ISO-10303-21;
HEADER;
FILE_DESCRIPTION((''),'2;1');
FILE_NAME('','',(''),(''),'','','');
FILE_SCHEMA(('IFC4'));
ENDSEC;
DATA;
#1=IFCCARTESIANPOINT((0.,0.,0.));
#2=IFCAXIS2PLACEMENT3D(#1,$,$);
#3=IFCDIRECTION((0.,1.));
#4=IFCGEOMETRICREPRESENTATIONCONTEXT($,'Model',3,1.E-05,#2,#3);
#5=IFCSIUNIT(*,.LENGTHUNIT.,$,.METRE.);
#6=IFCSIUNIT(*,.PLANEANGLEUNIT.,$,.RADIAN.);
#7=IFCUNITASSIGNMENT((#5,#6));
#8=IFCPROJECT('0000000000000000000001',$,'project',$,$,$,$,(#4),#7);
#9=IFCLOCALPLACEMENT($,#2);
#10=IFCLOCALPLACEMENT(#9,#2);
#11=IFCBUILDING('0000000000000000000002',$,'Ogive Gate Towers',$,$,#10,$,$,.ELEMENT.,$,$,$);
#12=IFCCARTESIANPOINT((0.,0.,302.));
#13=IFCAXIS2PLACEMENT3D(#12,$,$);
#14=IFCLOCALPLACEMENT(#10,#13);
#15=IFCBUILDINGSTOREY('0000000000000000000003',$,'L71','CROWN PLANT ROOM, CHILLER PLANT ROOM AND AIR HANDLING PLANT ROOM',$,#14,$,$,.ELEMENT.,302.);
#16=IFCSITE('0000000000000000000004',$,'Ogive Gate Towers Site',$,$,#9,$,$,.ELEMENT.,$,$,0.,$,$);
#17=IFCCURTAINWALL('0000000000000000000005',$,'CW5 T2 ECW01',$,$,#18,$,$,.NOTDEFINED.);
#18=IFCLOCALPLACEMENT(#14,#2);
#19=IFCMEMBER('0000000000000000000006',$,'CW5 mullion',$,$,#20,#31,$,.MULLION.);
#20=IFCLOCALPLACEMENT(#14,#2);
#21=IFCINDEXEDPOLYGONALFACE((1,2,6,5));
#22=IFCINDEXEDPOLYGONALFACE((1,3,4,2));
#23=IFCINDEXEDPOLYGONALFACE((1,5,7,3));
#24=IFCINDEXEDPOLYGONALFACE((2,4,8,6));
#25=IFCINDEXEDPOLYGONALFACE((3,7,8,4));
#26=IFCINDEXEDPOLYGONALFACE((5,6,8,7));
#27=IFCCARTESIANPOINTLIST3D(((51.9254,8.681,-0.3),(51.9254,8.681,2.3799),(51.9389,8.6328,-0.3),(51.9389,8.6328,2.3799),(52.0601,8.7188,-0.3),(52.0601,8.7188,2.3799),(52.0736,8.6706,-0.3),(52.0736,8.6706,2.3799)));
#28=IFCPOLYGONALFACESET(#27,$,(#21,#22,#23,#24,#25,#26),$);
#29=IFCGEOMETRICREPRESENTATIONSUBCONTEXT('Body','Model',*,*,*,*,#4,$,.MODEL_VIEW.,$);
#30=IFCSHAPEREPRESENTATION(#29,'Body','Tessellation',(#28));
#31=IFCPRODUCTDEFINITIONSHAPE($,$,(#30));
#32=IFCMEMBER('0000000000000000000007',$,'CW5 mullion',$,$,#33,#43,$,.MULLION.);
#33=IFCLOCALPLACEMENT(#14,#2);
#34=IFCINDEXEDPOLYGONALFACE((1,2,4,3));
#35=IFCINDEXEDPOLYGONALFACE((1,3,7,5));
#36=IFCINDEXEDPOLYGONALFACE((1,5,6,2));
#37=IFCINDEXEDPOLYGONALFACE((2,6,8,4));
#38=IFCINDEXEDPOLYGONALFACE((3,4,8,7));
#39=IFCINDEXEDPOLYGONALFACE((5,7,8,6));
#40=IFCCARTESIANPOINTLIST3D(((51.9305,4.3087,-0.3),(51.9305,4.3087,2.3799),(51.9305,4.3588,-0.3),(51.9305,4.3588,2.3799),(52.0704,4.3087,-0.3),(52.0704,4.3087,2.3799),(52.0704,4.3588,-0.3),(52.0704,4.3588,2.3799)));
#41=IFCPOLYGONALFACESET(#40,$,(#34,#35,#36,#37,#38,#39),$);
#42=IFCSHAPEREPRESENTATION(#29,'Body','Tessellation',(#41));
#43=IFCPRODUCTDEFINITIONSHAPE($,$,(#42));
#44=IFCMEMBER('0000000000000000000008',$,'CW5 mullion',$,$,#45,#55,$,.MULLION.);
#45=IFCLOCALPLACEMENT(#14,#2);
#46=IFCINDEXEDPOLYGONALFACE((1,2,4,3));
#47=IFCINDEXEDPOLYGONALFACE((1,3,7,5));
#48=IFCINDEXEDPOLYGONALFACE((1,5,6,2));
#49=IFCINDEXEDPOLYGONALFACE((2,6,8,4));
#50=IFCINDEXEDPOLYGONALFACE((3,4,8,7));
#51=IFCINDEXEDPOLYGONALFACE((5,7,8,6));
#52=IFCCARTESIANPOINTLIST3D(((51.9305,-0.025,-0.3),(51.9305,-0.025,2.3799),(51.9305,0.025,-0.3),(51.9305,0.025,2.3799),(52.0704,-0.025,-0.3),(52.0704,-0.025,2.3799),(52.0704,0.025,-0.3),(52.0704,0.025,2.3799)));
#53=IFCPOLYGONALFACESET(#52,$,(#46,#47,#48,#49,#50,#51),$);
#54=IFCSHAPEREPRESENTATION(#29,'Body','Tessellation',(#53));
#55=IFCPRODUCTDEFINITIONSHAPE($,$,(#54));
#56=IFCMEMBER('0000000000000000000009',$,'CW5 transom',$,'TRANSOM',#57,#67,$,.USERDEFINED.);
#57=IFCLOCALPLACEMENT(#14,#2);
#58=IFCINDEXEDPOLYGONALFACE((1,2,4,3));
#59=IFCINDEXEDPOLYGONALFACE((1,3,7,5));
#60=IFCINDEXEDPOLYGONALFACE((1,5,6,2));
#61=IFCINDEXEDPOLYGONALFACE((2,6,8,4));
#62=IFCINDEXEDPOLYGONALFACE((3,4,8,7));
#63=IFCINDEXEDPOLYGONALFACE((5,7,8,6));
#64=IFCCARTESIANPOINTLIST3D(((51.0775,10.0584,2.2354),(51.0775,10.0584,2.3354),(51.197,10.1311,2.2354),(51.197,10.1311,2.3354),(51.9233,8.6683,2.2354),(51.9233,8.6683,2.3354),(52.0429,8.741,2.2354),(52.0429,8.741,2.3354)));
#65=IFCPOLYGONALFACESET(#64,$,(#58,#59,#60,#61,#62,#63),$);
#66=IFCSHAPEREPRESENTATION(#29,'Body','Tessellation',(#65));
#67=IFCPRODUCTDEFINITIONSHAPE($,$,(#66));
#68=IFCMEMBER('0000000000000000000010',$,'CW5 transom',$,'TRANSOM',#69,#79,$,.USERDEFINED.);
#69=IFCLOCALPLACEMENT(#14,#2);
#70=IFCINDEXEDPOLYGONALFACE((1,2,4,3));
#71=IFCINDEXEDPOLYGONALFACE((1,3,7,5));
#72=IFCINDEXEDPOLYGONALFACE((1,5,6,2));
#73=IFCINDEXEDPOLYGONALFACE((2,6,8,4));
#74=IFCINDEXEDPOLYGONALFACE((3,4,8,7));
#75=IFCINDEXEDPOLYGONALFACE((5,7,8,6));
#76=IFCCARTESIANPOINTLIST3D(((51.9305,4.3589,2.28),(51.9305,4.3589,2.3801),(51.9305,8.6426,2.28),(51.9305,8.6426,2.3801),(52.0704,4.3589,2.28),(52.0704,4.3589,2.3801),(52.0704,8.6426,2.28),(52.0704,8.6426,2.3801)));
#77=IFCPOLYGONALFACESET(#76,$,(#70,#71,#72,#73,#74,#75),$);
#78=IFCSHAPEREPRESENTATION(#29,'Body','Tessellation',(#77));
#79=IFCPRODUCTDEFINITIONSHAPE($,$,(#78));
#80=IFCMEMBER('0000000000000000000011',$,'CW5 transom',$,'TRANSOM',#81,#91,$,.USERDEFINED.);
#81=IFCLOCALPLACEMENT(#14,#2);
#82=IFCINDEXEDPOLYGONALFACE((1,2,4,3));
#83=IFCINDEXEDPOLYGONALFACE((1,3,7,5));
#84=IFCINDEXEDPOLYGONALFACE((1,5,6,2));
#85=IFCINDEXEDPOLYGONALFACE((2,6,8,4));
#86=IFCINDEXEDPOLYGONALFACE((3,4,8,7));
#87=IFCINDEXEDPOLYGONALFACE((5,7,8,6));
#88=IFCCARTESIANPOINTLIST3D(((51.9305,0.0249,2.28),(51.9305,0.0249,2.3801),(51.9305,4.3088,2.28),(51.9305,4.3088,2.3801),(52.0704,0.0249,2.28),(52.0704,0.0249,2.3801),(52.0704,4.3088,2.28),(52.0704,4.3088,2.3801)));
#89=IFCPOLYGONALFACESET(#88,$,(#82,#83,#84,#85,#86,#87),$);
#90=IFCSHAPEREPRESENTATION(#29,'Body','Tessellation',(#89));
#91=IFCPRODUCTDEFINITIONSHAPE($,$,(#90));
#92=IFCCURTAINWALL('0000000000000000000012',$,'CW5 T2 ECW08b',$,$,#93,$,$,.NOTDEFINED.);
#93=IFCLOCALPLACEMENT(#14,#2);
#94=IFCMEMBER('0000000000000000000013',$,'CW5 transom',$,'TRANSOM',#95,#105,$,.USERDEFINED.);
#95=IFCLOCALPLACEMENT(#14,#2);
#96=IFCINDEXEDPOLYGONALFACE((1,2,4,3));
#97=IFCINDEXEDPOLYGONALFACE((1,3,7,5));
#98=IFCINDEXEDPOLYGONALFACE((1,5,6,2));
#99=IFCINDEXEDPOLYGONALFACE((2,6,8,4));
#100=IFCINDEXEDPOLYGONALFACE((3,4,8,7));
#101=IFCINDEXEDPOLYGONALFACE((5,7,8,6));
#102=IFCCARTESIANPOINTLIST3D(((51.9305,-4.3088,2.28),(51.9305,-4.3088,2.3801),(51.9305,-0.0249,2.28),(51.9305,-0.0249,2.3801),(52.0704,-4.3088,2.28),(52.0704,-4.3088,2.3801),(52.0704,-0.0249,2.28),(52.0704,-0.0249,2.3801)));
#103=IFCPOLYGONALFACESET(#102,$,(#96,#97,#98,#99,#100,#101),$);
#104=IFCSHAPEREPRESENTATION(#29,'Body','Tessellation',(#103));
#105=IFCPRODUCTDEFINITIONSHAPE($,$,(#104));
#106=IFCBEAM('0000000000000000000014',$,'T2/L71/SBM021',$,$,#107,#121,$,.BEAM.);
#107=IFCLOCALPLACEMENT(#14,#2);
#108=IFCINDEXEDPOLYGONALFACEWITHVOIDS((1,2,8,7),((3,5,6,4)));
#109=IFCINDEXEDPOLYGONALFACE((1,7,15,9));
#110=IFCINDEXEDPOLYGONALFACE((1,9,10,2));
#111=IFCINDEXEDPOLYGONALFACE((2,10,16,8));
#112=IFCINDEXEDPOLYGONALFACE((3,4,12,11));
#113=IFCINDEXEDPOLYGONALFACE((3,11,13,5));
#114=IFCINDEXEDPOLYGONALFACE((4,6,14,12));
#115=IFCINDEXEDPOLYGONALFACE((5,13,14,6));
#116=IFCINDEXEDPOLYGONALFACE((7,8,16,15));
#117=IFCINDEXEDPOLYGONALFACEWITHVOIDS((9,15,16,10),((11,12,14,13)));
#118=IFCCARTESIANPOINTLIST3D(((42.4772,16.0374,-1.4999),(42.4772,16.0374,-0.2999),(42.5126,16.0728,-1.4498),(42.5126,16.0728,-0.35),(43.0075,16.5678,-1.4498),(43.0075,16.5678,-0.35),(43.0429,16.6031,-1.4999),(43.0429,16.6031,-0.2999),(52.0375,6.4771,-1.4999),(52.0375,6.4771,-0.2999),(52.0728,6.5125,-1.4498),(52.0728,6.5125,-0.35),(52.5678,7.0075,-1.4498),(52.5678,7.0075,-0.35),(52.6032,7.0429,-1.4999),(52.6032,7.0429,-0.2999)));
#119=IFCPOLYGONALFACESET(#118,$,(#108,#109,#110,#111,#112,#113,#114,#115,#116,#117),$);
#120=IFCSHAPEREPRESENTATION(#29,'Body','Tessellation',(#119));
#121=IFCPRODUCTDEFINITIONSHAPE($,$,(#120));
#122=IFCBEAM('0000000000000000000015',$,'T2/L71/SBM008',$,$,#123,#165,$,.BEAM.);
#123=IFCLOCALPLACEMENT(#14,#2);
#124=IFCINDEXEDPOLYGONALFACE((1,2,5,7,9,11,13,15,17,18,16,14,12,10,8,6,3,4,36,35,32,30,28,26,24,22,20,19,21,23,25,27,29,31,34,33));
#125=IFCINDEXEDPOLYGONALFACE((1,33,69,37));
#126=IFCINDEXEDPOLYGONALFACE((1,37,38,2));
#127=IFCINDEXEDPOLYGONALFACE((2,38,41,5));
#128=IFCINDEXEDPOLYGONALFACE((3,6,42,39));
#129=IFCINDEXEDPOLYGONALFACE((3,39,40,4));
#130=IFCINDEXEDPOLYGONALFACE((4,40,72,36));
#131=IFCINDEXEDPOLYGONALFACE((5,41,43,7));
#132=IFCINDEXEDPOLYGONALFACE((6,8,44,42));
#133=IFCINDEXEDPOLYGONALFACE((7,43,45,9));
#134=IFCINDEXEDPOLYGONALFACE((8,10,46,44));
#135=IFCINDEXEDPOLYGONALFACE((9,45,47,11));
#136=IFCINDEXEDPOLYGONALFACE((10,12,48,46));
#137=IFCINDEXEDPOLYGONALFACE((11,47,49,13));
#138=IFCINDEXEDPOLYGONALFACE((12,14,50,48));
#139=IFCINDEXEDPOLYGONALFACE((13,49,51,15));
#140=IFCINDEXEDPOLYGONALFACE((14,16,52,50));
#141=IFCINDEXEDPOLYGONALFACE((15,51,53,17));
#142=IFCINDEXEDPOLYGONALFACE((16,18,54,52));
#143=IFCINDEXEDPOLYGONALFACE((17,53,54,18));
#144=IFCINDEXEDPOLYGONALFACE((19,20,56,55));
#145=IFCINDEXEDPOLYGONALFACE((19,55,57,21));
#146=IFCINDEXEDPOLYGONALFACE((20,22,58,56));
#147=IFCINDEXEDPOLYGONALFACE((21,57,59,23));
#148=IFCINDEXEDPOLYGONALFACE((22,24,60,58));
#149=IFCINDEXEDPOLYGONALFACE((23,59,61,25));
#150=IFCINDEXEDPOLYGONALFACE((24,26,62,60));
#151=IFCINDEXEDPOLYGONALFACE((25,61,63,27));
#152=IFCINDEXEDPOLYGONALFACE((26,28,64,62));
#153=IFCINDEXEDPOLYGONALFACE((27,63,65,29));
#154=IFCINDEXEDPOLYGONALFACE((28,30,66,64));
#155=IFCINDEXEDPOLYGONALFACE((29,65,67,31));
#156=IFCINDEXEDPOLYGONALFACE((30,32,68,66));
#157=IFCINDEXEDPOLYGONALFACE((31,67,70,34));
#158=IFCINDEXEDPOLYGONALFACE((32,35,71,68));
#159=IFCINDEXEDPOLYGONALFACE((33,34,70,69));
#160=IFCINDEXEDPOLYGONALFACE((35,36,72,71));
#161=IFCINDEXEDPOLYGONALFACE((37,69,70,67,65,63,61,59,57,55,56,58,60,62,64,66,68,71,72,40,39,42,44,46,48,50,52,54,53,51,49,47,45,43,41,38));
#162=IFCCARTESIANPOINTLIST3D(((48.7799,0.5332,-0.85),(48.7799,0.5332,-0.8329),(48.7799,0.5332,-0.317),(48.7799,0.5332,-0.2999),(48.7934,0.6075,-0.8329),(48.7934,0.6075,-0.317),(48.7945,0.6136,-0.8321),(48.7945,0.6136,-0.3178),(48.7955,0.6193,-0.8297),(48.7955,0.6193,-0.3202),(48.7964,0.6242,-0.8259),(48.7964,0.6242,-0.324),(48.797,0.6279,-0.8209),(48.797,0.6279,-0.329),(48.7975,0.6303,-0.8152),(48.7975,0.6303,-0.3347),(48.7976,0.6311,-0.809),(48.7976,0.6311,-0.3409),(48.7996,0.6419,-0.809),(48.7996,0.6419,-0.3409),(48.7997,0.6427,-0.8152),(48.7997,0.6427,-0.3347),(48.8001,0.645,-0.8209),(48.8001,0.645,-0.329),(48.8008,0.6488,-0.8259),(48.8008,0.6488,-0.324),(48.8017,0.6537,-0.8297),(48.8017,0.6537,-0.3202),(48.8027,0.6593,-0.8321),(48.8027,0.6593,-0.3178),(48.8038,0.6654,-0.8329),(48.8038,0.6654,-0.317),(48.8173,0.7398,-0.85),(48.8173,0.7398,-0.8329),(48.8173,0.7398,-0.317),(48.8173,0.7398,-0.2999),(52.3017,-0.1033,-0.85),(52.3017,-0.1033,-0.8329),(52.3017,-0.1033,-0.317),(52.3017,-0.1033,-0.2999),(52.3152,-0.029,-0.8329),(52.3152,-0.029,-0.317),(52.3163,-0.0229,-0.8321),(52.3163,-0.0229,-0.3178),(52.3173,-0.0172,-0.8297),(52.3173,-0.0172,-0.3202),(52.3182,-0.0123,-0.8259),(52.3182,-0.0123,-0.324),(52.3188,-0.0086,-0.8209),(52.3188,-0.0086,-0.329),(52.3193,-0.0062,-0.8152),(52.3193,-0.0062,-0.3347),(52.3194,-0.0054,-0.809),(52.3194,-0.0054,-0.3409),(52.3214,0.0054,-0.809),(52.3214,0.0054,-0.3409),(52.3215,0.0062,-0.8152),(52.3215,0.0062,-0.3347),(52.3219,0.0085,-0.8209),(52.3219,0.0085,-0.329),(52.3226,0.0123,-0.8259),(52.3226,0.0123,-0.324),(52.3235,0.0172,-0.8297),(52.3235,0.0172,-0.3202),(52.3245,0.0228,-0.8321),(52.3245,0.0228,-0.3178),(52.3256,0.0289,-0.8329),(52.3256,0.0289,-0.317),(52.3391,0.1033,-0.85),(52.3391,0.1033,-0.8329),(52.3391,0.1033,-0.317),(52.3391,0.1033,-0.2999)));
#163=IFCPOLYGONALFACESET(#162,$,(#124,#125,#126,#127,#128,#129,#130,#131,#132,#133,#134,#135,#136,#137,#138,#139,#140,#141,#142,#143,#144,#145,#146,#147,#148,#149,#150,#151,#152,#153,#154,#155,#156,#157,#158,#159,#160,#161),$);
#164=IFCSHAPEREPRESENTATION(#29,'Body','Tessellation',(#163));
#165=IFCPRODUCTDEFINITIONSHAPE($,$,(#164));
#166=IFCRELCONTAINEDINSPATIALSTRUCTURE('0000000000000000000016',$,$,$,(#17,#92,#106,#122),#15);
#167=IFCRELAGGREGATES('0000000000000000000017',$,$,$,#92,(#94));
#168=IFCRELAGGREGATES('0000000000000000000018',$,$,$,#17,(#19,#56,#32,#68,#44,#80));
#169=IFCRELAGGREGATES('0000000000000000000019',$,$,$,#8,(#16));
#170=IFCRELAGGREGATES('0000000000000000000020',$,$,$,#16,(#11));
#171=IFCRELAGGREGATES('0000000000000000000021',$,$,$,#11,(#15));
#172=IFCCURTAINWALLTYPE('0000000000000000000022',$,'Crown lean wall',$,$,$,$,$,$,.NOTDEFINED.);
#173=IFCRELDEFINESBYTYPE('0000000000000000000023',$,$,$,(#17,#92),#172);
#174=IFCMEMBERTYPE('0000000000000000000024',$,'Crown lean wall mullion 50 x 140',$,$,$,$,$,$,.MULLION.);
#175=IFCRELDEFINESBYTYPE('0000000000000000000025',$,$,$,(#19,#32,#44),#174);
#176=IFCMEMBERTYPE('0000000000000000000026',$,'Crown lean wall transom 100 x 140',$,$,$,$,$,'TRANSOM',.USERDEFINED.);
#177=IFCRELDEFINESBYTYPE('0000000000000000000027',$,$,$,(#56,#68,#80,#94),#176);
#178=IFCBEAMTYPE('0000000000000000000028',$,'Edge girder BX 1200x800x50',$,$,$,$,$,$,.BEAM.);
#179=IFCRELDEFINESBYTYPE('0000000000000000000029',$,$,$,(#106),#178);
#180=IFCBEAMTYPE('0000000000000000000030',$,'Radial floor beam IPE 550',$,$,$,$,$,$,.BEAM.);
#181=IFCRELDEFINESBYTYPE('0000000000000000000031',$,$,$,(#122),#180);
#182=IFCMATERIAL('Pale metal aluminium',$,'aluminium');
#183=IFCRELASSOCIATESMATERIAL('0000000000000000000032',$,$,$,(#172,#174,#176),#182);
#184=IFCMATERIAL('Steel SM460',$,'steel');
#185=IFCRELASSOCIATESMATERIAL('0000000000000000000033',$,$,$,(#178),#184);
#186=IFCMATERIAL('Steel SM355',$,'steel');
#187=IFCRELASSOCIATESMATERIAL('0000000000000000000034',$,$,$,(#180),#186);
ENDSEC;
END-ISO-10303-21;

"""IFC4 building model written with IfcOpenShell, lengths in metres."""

from ifc_helpers import new_model, si_unit, direction, frame, origin, origin_2d, place, context, subcontext, project, spatial, rectangle, hollow_rectangle, i_section, extrude, material, material_profile, profile_set, type_object, element, aggregate, save


model = new_model("IFC4")

# Units and contexts
model_context = context("Model", 3, precision=1e-05, world=origin(), true_north=direction((0.0, 1.0)))
body_context = subcontext(model_context, "Body", "Model", "MODEL_VIEW")
ifc_project = project(units=[si_unit("LENGTHUNIT", "METRE"), si_unit("PLANEANGLEUNIT", "RADIAN")], contexts=[model_context])

# Site, building, storey
site_placement = place(None, origin())
site = spatial("IfcSite", under=ifc_project, at=site_placement, Name="Ogive Gate Towers Site", CompositionType="ELEMENT", RefElevation=0.0)
building_placement = place(site_placement, origin())
building = spatial("IfcBuilding", under=site, at=building_placement, Name="Ogive Gate Towers", CompositionType="ELEMENT")
storey_placement = place(building_placement, frame((0.0, 0.0, 302.0)))
storey = spatial("IfcBuildingStorey", under=building, at=storey_placement, Name="L71", Description="CROWN PLANT ROOM, CHILLER PLANT ROOM AND AIR HANDLING PLANT ROOM", CompositionType="ELEMENT", Elevation=302.0)

# Curtain wall, members
ifc_material_1 = material(Name="Pale metal aluminium", Category="aluminium")
curtain_wall_type = type_object("IfcCurtainWallType", Name="Crown lean wall", PredefinedType="NOTDEFINED", material=ifc_material_1)
curtain_wall_1_placement = place(storey_placement, origin())
curtain_wall_1 = element("IfcCurtainWall", 1, at=curtain_wall_1_placement, inside=storey, type_object=curtain_wall_type, Name="CW5 T2 ECW01", PredefinedType="NOTDEFINED")
ifc_material_profile_1 = material_profile(ifc_material_1, rectangle(XDim=0.1399, YDim=0.05, at=origin_2d()), Name="50 x 140 aluminium box")
ifc_profile_set_1 = profile_set([ifc_material_profile_1], Name="Pale metal aluminium")
member_type_1 = type_object("IfcMemberType", Name="Crown lean wall mullion 50 x 140", PredefinedType="MULLION", material=ifc_profile_set_1)
member_1_placement = place(storey_placement, frame((51.9995, 8.6758, -0.3), z_axis=(0.0, 0.0, 1.0), x_axis=(-0.962866, -0.269979, 0.0)))
member_1 = element("IfcMember", 2, at=member_1_placement, type_object=member_type_1, Name="CW5 mullion", PredefinedType="MULLION", context=body_context, shape_type="SweptSolid", body=[
    extrude(rectangle(XDim=0.1399, YDim=0.05, at=origin_2d()), origin(), (0.0, 0.0, 1.0), 2.6799),
])
member_2_placement = place(storey_placement, frame((52.0005, 4.3337, -0.3), z_axis=(0.0, 0.0, 1.0), x_axis=(-1.0, 0.0, 0.0)))
member_2 = element("IfcMember", 3, at=member_2_placement, type_object=member_type_1, Name="CW5 mullion", PredefinedType="MULLION", context=body_context, shape_type="SweptSolid", body=[
    extrude(rectangle(XDim=0.1399, YDim=0.05, at=origin_2d()), origin(), (0.0, 0.0, 1.0), 2.6799),
])
member_3_placement = place(storey_placement, frame((52.0005, 0.0, -0.3), z_axis=(0.0, 0.0, 1.0), x_axis=(-1.0, 0.0, 0.0)))
member_3 = element("IfcMember", 4, at=member_3_placement, type_object=member_type_1, Name="CW5 mullion", PredefinedType="MULLION", context=body_context, shape_type="SweptSolid", body=[
    extrude(rectangle(XDim=0.1399, YDim=0.05, at=origin_2d()), origin(), (0.0, 0.0, 1.0), 2.6799),
])
ifc_material_profile_2 = material_profile(ifc_material_1, rectangle(XDim=0.1399, YDim=0.1001, at=origin_2d()), Name="100 x 140 aluminium box")
ifc_profile_set_2 = profile_set([ifc_material_profile_2], Name="Pale metal aluminium")
member_type_2 = type_object("IfcMemberType", Name="Crown lean wall transom 100 x 140", ElementType="TRANSOM", PredefinedType="USERDEFINED", material=ifc_profile_set_2)
member_4_placement = place(storey_placement, frame((51.1372, 10.0947, 2.2854), z_axis=(0.519847, -0.854259, 0.0), x_axis=(0.854259, 0.519847, 0.0)))
member_4 = element("IfcMember", 5, at=member_4_placement, type_object=member_type_2, Name="CW5 transom", ObjectType="TRANSOM", PredefinedType="USERDEFINED", context=body_context, shape_type="SweptSolid", body=[
    extrude(rectangle(XDim=0.1399, YDim=0.1001, at=origin_2d()), origin(), (0.0, 0.0, 1.0), 1.6272),
])
member_5_placement = place(storey_placement, frame((52.0005, 8.6426, 2.3301), z_axis=(0.0, -1.0, 0.0), x_axis=(1.0, 0.0, 0.0)))
member_5 = element("IfcMember", 6, at=member_5_placement, type_object=member_type_2, Name="CW5 transom", ObjectType="TRANSOM", PredefinedType="USERDEFINED", context=body_context, shape_type="SweptSolid", body=[
    extrude(rectangle(XDim=0.1399, YDim=0.1001, at=origin_2d()), origin(), (0.0, 0.0, 1.0), 4.2837),
])
member_6_placement = place(storey_placement, frame((52.0005, 4.3088, 2.3301), z_axis=(0.0, -1.0, 0.0), x_axis=(1.0, 0.0, 0.0)))
member_6 = element("IfcMember", 7, at=member_6_placement, type_object=member_type_2, Name="CW5 transom", ObjectType="TRANSOM", PredefinedType="USERDEFINED", context=body_context, shape_type="SweptSolid", body=[
    extrude(rectangle(XDim=0.1399, YDim=0.1001, at=origin_2d()), origin(), (0.0, 0.0, 1.0), 4.2839),
])

# Curtain wall, member
curtain_wall_2_placement = place(storey_placement, origin())
curtain_wall_2 = element("IfcCurtainWall", 8, at=curtain_wall_2_placement, inside=storey, type_object=curtain_wall_type, Name="CW5 T2 ECW08b", PredefinedType="NOTDEFINED")
member_7_placement = place(storey_placement, frame((52.0005, -0.0249, 2.3301), z_axis=(0.0, -1.0, 0.0), x_axis=(1.0, 0.0, 0.0)))
member_7 = element("IfcMember", 9, at=member_7_placement, type_object=member_type_2, Name="CW5 transom", ObjectType="TRANSOM", PredefinedType="USERDEFINED", context=body_context, shape_type="SweptSolid", body=[
    extrude(rectangle(XDim=0.1399, YDim=0.1001, at=origin_2d()), origin(), (0.0, 0.0, 1.0), 4.2839),
])
aggregate(curtain_wall_2, [member_7])

# Beams
ifc_material_2 = material(Name="Steel SM460", Category="steel")
ifc_material_profile_3 = material_profile(ifc_material_2, hollow_rectangle(XDim=0.8, YDim=1.2, WallThickness=0.05, at=origin_2d()), Name="BX 1200x800x50")
ifc_profile_set_3 = profile_set([ifc_material_profile_3], Name="Steel SM460")
beam_type_1 = type_object("IfcBeamType", Name="Edge girder BX 1200x800x50", PredefinedType="BEAM", material=ifc_profile_set_3)
beam_1_placement = place(storey_placement, frame((52.3203, 6.76, -0.8999), z_axis=(-0.707107, 0.707107, 0.0), x_axis=(-0.707107, -0.707107, 0.0)))
element("IfcBeam", 10, at=beam_1_placement, inside=storey, type_object=beam_type_1, Name="T2/L71/SBM021", PredefinedType="BEAM", context=body_context, shape_type="SweptSolid", body=[
    extrude(hollow_rectangle(XDim=0.8, YDim=1.2, WallThickness=0.05, at=origin_2d()), origin(), (0.0, 0.0, 1.0), 13.5203),
])
ifc_material_3 = material(Name="Steel SM355", Category="steel")
ifc_material_profile_4 = material_profile(ifc_material_3, i_section(OverallWidth=0.21, OverallDepth=0.55, WebThickness=0.011, FlangeThickness=0.0171, FilletRadius=0.0239, at=origin_2d()), Name="IPE 550")
ifc_profile_set_4 = profile_set([ifc_material_profile_4], Name="Steel SM355")
beam_type_2 = type_object("IfcBeamType", Name="Radial floor beam IPE 550", PredefinedType="BEAM", material=ifc_profile_set_4)
beam_2_placement = place(storey_placement, frame((48.7986, 0.6365, -0.575), z_axis=(0.984058, -0.177847, 0.0), x_axis=(0.177847, 0.984058, 0.0)))
element("IfcBeam", 11, at=beam_2_placement, inside=storey, type_object=beam_type_2, Name="T2/L71/SBM008", PredefinedType="BEAM", context=body_context, shape_type="SweptSolid", body=[
    extrude(i_section(OverallWidth=0.21, OverallDepth=0.55, WebThickness=0.011, FlangeThickness=0.0171, FilletRadius=0.0239, at=origin_2d()), origin(), (0.0, 0.0, 1.0), 3.5789),
])

aggregate(curtain_wall_1, [member_1, member_4, member_2, member_5, member_3, member_6])

save(model, "model.ifc")
